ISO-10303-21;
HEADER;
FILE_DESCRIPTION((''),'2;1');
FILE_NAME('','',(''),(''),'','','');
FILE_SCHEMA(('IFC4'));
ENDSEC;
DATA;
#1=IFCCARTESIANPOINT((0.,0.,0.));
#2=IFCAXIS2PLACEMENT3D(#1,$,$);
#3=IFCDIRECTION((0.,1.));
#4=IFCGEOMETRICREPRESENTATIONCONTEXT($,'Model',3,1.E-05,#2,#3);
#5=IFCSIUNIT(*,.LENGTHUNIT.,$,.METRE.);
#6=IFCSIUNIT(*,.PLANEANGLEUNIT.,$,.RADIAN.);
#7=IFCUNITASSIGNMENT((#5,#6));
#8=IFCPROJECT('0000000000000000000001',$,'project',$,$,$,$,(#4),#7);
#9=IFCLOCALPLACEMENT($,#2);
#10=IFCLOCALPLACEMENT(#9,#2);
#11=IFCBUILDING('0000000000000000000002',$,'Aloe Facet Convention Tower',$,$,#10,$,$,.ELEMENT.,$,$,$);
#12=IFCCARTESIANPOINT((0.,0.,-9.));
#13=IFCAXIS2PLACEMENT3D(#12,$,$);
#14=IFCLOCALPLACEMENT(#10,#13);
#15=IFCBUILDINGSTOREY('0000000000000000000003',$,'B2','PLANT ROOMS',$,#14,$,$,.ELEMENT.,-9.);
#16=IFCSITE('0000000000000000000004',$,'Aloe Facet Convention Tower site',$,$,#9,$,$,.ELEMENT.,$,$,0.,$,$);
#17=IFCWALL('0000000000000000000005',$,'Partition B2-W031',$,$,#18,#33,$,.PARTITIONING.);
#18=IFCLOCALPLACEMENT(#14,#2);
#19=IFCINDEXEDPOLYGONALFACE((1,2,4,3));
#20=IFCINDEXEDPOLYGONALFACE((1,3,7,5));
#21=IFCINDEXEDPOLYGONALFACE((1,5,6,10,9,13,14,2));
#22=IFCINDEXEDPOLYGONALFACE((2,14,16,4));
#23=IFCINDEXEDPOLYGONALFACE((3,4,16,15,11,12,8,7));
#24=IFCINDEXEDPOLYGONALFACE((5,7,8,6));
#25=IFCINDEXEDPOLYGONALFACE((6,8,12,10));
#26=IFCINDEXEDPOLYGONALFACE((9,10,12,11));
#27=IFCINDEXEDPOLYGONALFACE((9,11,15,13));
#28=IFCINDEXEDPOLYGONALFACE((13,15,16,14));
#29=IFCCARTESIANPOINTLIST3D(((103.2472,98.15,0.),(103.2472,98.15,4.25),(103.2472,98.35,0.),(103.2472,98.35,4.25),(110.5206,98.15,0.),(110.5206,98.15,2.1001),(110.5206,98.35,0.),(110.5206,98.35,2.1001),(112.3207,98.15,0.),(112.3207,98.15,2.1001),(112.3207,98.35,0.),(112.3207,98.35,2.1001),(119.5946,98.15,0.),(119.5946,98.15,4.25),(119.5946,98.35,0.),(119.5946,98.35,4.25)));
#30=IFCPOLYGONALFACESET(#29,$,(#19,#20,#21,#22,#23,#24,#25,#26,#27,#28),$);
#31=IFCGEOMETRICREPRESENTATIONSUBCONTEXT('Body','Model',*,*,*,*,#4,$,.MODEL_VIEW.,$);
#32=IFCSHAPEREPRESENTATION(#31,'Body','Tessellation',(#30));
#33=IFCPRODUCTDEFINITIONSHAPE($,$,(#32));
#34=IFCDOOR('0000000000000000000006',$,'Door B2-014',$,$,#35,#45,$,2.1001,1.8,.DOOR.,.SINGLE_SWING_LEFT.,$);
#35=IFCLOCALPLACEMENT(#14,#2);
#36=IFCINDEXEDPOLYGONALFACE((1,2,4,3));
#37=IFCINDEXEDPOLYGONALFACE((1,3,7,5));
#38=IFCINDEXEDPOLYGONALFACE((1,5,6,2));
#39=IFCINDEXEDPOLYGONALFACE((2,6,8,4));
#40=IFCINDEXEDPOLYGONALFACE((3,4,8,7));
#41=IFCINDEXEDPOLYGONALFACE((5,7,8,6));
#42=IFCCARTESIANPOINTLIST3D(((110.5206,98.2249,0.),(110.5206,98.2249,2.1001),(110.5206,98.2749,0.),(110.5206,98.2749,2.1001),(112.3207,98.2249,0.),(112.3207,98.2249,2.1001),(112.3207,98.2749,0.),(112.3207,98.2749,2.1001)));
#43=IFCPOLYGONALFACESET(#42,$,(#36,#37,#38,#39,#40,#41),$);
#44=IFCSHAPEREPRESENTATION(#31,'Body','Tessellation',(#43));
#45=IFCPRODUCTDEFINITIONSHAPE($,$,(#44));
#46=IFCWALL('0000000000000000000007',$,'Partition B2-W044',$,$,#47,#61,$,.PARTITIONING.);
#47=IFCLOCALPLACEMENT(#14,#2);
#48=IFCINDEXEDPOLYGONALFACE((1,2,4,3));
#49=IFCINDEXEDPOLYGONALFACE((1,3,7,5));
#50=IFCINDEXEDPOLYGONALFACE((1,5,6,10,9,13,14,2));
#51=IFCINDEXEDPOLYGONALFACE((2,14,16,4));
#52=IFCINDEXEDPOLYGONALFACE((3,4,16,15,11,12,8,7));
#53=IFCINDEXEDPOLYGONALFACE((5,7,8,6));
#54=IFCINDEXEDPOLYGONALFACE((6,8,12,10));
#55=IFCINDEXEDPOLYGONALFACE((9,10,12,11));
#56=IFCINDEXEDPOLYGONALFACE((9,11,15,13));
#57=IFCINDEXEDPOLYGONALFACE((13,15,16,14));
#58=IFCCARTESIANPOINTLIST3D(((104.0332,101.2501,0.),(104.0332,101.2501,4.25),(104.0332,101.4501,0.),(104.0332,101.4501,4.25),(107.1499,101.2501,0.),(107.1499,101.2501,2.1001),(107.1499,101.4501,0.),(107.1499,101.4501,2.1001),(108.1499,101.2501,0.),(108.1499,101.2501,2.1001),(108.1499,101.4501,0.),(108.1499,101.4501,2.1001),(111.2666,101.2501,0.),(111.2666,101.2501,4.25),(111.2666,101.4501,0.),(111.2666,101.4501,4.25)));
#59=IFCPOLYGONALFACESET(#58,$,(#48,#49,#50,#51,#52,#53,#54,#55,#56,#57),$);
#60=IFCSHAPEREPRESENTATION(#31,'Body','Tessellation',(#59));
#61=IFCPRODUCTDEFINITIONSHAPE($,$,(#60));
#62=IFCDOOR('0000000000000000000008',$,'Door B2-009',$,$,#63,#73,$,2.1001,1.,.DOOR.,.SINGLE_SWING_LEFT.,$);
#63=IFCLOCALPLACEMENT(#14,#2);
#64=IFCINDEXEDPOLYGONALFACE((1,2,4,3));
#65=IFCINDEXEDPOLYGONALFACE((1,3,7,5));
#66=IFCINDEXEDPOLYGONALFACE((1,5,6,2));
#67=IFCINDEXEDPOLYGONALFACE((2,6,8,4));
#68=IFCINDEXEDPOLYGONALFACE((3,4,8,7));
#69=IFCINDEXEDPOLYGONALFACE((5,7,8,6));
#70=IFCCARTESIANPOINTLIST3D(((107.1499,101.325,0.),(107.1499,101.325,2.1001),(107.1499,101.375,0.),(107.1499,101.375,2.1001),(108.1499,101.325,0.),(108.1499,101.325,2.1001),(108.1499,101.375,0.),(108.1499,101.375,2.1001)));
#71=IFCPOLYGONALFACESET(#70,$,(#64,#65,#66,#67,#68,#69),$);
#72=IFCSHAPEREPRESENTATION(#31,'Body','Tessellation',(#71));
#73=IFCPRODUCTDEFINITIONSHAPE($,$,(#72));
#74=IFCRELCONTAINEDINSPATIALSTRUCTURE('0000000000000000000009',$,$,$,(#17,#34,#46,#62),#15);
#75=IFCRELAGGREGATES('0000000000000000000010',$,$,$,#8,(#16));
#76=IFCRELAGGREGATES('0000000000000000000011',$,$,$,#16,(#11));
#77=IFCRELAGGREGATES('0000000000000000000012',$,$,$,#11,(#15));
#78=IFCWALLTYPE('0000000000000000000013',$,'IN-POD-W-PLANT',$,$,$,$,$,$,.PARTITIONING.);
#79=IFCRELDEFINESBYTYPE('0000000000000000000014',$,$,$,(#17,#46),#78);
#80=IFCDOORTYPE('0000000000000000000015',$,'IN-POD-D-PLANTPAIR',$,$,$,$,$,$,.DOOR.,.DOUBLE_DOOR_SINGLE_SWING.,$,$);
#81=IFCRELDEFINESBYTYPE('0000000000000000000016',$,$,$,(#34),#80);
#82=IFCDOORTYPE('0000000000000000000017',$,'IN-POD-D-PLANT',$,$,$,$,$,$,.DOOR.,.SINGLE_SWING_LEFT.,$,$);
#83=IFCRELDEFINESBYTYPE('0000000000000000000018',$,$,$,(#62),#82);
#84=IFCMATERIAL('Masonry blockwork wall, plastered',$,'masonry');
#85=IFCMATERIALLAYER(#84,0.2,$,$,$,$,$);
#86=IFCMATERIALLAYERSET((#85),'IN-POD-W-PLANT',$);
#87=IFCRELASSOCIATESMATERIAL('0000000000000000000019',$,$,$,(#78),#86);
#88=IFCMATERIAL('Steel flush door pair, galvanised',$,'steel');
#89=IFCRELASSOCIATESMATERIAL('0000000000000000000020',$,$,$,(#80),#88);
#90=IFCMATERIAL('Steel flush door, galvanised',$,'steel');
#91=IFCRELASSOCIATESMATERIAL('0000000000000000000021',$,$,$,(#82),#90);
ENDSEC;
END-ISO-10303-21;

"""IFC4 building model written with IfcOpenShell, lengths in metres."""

from ifc_helpers import new_model, si_unit, direction, frame, frame_2d, origin, place, context, subcontext, project, spatial, rectangle, extrude, material, layer, layer_set, type_object, element, fill, save


model = new_model("IFC4")

# Units and contexts
model_context = context("Model", 3, precision=1e-05, world=origin(), true_north=direction((0.0, 1.0)))
body_context = subcontext(model_context, "Body", "Model", "MODEL_VIEW")
ifc_project = project(units=[si_unit("LENGTHUNIT", "METRE"), si_unit("PLANEANGLEUNIT", "RADIAN")], contexts=[model_context])

# Site, building, storey
site_placement = place(None, origin())
site = spatial("IfcSite", under=ifc_project, at=site_placement, Name="Aloe Facet Convention Tower site", CompositionType="ELEMENT", RefElevation=0.0)
building_placement = place(site_placement, origin())
building = spatial("IfcBuilding", under=site, at=building_placement, Name="Aloe Facet Convention Tower", CompositionType="ELEMENT")
storey_placement = place(building_placement, frame((0.0, 0.0, -9.0)))
storey = spatial("IfcBuildingStorey", under=building, at=storey_placement, Name="B2", Description="PLANT ROOMS", CompositionType="ELEMENT", Elevation=-9.0)

# Walls, openings, doors
ifc_material_1 = material(Name="Masonry blockwork wall, plastered", Category="masonry")
ifc_layer = layer(ifc_material_1, 0.2)
ifc_layer_set = layer_set([ifc_layer], Name="IN-POD-W-PLANT")
wall_type = type_object("IfcWallType", Name="IN-POD-W-PLANT", PredefinedType="PARTITIONING", material=ifc_layer_set)
wall_1_placement = place(storey_placement, frame((103.2471, 98.25, 0.0), z_axis=(0.0, 0.0, 1.0), x_axis=(1.0, 0.0, 0.0)))
wall_1 = element("IfcWall", 1, at=wall_1_placement, inside=storey, type_object=wall_type, Name="Partition B2-W031", PredefinedType="PARTITIONING", context=body_context, shape_type="SweptSolid", body=[
    extrude(rectangle(XDim=16.3474, YDim=0.2, at=frame_2d((8.1738, 0.0))), origin(), (0.0, 0.0, 1.0), 4.25),
])
opening_1_placement = place(wall_1_placement, frame((7.2737, 0.0, 0.0)))
opening_1 = element("IfcOpeningElement", 2, at=opening_1_placement, cuts=wall_1, PredefinedType="OPENING", context=body_context, shape_type="SweptSolid", body=[
    extrude(rectangle(XDim=1.8, YDim=2.1001, at=frame_2d((0.8999, 1.05))), frame((0.0, 0.1099, 0.0), z_axis=(0.0, -1.0, 0.0), x_axis=(1.0, 0.0, 0.0)), (0.0, 0.0, 1.0), 0.22),
])
ifc_material_2 = material(Name="Steel flush door pair, galvanised", Category="steel")
door_type_1 = type_object("IfcDoorType", Name="IN-POD-D-PLANTPAIR", OperationType="DOUBLE_DOOR_SINGLE_SWING", PredefinedType="DOOR", material=ifc_material_2)
door_1_placement = place(opening_1_placement, origin())
door_1 = element("IfcDoor", 3, at=door_1_placement, inside=storey, type_object=door_type_1, Name="Door B2-014", OperationType="SINGLE_SWING_LEFT", OverallHeight=2.1001, OverallWidth=1.8, PredefinedType="DOOR", context=body_context, shape_type="SweptSolid", body=[
    extrude(rectangle(XDim=1.8, YDim=2.1001, at=frame_2d((0.8999, 1.05))), frame((0.0, 0.0249, 0.0), z_axis=(0.0, -1.0, 0.0), x_axis=(1.0, 0.0, 0.0)), (0.0, 0.0, 1.0), 0.05),
])
fill(opening_1, door_1)
wall_2_placement = place(storey_placement, frame((104.0332, 101.3501, 0.0), z_axis=(0.0, 0.0, 1.0), x_axis=(1.0, 0.0, 0.0)))
wall_2 = element("IfcWall", 4, at=wall_2_placement, inside=storey, type_object=wall_type, Name="Partition B2-W044", PredefinedType="PARTITIONING", context=body_context, shape_type="SweptSolid", body=[
    extrude(rectangle(XDim=7.2334, YDim=0.2, at=frame_2d((3.6167, 0.0))), origin(), (0.0, 0.0, 1.0), 4.25),
])
opening_2_placement = place(wall_2_placement, frame((3.1167, 0.0, 0.0)))
opening_2 = element("IfcOpeningElement", 5, at=opening_2_placement, cuts=wall_2, PredefinedType="OPENING", context=body_context, shape_type="SweptSolid", body=[
    extrude(rectangle(XDim=1.0, YDim=2.1001, at=frame_2d((0.5, 1.05))), frame((0.0, 0.1099, 0.0), z_axis=(0.0, -1.0, 0.0), x_axis=(1.0, 0.0, 0.0)), (0.0, 0.0, 1.0), 0.22),
])
ifc_material_3 = material(Name="Steel flush door, galvanised", Category="steel")
door_type_2 = type_object("IfcDoorType", Name="IN-POD-D-PLANT", OperationType="SINGLE_SWING_LEFT", PredefinedType="DOOR", material=ifc_material_3)
door_2_placement = place(opening_2_placement, origin())
door_2 = element("IfcDoor", 6, at=door_2_placement, inside=storey, type_object=door_type_2, Name="Door B2-009", OperationType="SINGLE_SWING_LEFT", OverallHeight=2.1001, OverallWidth=1.0, PredefinedType="DOOR", context=body_context, shape_type="SweptSolid", body=[
    extrude(rectangle(XDim=1.0, YDim=2.1001, at=frame_2d((0.5, 1.05))), frame((0.0, 0.0249, 0.0), z_axis=(0.0, -1.0, 0.0), x_axis=(1.0, 0.0, 0.0)), (0.0, 0.0, 1.0), 0.05),
])
fill(opening_2, door_2)

save(model, "model.ifc")
